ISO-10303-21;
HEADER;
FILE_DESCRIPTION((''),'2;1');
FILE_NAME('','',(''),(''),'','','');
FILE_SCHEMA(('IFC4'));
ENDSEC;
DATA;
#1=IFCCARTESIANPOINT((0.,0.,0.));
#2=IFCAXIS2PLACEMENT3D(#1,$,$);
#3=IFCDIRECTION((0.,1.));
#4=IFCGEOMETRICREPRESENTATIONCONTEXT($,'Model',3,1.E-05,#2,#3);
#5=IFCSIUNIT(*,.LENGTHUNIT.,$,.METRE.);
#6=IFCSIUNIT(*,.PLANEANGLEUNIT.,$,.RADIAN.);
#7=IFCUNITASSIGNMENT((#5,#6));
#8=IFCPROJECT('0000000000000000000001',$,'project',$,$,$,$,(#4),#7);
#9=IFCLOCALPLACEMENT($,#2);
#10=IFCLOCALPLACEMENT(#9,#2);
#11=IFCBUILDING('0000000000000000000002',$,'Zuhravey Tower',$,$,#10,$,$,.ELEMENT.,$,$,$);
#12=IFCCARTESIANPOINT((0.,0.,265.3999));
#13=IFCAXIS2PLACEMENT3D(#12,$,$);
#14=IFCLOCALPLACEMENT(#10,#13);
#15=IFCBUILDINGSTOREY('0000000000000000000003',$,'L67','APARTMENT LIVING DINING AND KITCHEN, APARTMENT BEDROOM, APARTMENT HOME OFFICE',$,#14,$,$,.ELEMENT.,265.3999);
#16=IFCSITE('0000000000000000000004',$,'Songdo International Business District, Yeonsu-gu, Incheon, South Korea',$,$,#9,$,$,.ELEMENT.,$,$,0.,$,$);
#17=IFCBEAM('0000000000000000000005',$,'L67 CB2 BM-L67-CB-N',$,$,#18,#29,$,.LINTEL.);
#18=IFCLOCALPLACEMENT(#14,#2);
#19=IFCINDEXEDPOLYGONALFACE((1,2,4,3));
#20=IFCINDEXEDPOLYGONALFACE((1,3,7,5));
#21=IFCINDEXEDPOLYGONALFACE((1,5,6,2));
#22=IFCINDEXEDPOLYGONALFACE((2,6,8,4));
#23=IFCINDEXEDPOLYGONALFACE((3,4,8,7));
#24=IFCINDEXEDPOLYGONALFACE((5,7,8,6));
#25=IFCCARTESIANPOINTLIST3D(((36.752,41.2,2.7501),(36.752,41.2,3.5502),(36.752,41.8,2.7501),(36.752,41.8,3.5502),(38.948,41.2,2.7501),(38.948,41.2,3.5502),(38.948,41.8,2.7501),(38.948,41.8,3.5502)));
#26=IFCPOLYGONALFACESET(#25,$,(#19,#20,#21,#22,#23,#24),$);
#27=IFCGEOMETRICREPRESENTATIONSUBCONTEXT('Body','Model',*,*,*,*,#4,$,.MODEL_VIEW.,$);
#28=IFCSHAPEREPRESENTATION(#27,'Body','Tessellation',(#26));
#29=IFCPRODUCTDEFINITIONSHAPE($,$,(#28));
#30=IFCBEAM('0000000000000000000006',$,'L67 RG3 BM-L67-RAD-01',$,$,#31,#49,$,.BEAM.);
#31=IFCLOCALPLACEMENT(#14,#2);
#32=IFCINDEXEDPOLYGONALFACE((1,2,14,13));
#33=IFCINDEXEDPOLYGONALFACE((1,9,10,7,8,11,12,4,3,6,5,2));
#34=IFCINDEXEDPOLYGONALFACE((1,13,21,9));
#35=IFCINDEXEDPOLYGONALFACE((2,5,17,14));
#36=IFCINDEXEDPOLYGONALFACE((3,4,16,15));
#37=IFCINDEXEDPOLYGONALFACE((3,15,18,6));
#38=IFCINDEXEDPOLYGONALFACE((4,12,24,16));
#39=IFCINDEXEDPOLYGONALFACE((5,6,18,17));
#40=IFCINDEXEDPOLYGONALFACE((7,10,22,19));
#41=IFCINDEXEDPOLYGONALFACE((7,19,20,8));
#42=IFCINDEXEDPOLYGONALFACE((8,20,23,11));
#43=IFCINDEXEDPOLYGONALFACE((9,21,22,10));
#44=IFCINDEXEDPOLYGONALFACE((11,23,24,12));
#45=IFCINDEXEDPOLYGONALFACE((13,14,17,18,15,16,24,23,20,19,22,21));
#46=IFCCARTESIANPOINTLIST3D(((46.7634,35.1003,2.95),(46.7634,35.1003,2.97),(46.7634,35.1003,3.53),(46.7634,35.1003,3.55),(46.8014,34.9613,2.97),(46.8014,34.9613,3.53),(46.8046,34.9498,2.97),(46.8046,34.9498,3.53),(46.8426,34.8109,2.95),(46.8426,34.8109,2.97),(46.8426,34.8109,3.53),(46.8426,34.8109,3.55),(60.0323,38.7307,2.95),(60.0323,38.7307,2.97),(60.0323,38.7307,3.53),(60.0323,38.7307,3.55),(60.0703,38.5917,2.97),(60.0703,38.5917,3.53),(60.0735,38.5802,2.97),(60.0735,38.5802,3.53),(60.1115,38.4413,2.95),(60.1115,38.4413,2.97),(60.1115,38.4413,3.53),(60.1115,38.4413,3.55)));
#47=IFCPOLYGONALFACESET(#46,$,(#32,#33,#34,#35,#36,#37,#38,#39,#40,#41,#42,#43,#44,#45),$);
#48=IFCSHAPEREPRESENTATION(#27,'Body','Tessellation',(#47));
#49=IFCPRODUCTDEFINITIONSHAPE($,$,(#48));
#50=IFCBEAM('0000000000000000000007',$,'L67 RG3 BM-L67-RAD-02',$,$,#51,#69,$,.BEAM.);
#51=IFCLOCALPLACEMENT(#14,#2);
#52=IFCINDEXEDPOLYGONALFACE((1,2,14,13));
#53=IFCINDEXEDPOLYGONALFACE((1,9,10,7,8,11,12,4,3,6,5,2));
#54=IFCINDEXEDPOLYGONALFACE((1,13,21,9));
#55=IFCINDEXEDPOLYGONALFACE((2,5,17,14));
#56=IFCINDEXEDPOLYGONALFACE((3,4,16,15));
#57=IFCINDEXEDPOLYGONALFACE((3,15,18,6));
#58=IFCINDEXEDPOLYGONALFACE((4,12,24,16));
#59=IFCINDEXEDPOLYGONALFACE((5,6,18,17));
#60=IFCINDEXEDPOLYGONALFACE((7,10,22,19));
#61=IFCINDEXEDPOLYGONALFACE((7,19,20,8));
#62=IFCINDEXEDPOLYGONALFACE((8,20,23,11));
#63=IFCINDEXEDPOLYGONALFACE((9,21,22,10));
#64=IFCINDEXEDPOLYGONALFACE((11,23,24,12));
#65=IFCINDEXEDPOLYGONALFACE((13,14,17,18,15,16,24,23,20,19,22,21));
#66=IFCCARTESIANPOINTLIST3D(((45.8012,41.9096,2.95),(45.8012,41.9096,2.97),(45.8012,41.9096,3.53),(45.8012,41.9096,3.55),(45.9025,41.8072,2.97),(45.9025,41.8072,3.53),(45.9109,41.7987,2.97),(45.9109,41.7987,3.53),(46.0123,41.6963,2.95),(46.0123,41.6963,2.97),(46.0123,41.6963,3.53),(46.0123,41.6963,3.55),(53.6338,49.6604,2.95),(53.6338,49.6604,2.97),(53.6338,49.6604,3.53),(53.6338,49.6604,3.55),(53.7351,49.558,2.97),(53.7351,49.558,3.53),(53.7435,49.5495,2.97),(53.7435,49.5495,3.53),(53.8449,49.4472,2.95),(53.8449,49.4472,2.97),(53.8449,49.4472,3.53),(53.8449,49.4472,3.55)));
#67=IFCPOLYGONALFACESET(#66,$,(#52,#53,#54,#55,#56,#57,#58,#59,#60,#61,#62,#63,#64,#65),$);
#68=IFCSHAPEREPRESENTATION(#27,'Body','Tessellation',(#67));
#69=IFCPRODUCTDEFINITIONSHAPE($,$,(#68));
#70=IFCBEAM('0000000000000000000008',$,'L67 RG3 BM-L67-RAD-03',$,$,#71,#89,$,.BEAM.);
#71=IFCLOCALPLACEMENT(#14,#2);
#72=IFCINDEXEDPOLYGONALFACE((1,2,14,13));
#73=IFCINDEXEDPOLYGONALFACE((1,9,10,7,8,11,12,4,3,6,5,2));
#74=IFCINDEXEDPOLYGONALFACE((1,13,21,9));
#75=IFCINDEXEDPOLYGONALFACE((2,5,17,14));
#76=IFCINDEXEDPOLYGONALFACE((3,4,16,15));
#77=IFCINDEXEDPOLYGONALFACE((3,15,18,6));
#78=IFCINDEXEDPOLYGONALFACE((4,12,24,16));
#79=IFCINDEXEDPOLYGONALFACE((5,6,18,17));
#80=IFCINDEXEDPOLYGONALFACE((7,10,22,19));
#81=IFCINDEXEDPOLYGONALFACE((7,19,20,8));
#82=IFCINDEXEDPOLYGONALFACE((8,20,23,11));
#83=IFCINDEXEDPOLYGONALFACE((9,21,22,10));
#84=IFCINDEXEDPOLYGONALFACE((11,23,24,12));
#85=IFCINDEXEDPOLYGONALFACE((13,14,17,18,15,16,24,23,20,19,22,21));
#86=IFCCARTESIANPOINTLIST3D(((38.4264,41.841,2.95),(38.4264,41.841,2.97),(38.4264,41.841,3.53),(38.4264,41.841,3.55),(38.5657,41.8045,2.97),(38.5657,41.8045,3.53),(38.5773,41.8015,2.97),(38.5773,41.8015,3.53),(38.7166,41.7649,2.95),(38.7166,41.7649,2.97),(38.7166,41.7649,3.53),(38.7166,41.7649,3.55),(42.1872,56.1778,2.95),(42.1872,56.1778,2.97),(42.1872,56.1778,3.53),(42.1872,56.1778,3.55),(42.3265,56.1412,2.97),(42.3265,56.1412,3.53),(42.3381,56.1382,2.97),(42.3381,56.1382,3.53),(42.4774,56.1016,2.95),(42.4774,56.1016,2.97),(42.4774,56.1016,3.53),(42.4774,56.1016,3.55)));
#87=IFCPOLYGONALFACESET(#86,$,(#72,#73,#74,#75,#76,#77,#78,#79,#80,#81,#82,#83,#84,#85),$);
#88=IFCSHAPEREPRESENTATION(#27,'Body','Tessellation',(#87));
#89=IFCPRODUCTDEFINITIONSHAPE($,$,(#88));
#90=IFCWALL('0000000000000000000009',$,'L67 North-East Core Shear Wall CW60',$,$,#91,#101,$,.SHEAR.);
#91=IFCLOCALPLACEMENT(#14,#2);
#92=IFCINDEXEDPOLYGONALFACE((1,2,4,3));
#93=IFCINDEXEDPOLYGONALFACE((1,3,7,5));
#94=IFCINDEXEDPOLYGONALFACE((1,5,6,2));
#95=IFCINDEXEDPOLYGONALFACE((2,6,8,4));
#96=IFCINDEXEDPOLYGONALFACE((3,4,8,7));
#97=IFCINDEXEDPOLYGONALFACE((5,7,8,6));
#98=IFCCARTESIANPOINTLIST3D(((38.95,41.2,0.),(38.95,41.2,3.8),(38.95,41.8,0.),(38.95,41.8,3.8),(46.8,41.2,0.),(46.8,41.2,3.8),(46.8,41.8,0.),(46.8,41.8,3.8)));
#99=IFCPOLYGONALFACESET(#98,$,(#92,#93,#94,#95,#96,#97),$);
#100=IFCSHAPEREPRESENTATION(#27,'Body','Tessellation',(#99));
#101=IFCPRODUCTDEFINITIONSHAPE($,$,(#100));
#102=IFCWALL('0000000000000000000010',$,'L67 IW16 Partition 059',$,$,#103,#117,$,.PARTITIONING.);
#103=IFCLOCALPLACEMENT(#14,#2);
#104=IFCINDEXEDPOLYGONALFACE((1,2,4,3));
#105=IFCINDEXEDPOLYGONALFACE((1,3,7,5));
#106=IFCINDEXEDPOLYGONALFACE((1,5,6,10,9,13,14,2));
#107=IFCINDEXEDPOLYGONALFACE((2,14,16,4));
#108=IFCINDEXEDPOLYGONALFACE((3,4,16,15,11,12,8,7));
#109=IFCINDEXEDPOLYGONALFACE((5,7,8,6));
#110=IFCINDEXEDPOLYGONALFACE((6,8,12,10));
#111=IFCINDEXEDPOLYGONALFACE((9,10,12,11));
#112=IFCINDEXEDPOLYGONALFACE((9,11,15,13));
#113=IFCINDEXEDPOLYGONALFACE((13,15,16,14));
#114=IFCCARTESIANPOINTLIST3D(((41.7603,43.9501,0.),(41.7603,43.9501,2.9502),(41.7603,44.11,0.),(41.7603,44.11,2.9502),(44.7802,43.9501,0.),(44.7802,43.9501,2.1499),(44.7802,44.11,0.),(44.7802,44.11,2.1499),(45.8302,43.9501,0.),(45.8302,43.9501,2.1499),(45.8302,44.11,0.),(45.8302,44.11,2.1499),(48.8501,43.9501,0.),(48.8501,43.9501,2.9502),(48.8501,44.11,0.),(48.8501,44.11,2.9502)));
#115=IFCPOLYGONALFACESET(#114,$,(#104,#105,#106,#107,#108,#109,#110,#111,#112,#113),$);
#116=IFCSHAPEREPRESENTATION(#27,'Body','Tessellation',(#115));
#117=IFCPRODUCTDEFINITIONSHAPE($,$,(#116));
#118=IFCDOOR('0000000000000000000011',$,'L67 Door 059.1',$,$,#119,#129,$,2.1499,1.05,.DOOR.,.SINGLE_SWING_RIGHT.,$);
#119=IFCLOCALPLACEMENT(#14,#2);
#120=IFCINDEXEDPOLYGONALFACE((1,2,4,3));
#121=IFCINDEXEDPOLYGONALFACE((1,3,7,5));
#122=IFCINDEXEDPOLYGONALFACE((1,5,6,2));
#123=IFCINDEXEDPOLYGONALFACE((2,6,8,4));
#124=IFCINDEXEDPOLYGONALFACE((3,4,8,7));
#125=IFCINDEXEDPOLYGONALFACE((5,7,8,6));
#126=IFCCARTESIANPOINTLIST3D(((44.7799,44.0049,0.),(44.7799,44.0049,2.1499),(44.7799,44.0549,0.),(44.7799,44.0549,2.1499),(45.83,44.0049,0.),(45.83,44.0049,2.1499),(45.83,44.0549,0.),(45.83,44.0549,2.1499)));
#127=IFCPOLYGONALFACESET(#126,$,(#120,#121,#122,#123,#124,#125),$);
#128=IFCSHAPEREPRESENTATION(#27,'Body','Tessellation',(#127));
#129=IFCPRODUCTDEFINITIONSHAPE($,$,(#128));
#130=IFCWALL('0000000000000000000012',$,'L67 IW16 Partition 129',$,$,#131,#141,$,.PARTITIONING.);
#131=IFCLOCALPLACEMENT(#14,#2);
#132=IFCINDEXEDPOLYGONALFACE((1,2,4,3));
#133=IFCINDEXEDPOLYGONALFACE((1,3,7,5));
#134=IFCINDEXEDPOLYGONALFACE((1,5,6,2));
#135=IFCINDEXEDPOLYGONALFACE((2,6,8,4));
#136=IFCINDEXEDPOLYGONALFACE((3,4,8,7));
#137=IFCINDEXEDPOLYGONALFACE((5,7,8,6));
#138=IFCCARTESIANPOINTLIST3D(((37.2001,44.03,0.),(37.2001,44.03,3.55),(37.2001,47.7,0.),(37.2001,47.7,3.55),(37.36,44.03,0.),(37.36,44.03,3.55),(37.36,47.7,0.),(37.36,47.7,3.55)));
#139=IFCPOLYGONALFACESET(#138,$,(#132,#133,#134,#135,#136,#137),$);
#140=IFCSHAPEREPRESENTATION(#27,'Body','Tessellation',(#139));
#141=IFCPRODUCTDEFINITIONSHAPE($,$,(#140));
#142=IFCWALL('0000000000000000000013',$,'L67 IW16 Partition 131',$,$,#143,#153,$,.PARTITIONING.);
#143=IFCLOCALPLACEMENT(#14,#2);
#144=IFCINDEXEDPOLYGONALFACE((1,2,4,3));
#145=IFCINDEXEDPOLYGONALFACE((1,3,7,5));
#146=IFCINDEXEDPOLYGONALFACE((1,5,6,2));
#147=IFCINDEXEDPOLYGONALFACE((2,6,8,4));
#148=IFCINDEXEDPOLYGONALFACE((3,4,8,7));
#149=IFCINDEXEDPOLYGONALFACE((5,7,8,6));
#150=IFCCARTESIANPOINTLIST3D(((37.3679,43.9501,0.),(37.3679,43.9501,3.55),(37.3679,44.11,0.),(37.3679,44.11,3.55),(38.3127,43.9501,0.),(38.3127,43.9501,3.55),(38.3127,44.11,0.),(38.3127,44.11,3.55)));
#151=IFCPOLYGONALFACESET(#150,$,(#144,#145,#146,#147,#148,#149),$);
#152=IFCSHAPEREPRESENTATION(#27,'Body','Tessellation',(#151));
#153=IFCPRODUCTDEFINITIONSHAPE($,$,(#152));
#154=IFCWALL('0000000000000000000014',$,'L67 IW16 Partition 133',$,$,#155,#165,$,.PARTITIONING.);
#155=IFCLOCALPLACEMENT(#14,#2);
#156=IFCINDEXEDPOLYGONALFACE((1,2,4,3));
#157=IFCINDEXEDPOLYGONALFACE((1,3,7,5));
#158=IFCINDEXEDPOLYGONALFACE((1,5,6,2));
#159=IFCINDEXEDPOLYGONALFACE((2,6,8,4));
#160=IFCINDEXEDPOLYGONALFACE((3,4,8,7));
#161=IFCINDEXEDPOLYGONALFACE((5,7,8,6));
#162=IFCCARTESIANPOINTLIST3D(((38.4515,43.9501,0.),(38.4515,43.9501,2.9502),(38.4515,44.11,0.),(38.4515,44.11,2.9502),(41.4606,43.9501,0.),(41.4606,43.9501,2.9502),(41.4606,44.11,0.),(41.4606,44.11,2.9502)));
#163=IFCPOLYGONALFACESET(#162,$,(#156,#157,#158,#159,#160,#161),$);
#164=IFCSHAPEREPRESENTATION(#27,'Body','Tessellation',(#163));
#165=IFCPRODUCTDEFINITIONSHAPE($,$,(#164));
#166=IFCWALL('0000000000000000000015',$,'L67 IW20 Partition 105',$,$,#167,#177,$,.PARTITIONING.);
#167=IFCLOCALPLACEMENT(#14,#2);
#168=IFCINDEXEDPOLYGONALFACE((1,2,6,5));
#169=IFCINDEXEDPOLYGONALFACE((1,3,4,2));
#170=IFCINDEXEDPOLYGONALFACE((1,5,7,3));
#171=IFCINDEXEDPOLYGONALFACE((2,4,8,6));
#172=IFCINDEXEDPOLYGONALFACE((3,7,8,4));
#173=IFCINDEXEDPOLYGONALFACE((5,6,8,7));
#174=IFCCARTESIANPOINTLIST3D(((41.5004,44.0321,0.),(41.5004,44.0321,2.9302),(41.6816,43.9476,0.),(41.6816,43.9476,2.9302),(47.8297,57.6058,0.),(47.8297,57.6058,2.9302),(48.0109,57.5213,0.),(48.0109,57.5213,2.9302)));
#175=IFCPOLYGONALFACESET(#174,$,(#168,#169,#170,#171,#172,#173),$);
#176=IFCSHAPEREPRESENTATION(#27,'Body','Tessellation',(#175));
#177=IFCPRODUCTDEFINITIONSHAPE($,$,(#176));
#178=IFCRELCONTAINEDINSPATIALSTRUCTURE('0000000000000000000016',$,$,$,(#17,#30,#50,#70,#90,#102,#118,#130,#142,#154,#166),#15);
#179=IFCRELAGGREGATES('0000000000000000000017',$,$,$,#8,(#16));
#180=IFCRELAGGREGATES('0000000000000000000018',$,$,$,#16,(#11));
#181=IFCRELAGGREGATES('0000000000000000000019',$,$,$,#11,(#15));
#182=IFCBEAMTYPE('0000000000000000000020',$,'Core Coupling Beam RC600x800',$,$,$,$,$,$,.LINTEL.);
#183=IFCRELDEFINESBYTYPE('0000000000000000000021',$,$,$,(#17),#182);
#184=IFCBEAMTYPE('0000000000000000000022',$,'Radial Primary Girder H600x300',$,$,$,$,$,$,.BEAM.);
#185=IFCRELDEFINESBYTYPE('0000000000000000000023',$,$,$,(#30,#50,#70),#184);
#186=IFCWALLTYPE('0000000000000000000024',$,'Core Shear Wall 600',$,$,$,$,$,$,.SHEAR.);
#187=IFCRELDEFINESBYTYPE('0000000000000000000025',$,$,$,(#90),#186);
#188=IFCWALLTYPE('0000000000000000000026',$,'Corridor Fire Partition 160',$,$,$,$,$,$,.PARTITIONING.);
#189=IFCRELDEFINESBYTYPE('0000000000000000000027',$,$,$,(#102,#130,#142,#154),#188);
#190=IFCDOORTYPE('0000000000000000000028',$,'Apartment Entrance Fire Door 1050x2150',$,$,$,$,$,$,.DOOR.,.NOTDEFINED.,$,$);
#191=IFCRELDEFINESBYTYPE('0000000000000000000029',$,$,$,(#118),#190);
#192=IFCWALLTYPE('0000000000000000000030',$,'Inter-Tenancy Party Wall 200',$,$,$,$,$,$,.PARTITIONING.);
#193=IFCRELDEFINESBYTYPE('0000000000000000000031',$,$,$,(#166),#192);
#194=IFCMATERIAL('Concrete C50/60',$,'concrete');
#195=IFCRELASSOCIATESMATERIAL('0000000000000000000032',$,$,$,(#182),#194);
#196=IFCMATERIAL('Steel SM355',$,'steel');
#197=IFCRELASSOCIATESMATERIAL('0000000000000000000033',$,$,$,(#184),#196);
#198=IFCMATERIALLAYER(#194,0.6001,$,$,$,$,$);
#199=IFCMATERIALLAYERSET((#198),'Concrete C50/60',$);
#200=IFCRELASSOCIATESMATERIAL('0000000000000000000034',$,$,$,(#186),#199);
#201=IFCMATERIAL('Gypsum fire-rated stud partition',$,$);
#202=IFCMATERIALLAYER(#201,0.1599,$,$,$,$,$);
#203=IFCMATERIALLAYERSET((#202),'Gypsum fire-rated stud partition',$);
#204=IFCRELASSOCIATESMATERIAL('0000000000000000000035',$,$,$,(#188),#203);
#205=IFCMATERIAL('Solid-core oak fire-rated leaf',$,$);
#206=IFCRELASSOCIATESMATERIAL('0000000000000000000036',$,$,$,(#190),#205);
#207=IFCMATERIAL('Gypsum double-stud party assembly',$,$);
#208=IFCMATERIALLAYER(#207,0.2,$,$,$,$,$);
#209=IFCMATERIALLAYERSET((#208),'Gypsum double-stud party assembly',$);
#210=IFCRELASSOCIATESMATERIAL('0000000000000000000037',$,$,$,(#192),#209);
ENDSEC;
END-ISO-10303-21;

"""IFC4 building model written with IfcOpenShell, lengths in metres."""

from ifc_helpers import new_model, si_unit, direction, frame, frame_2d, origin, origin_2d, place, context, subcontext, project, spatial, rectangle, i_section, extrude, material, layer, layer_set, material_profile, profile_set, type_object, element, fill, save


model = new_model("IFC4")

# Units and contexts
model_context = context("Model", 3, precision=1e-05, world=origin(), true_north=direction((0.0, 1.0)))
body_context = subcontext(model_context, "Body", "Model", "MODEL_VIEW")
ifc_project = project(units=[si_unit("LENGTHUNIT", "METRE"), si_unit("PLANEANGLEUNIT", "RADIAN")], contexts=[model_context])

# Site, building, storey
site_placement = place(None, origin())
site = spatial("IfcSite", under=ifc_project, at=site_placement, Name="Songdo International Business District, Yeonsu-gu, Incheon, South Korea", CompositionType="ELEMENT", RefElevation=0.0)
building_placement = place(site_placement, origin())
building = spatial("IfcBuilding", under=site, at=building_placement, Name="Zuhravey Tower", CompositionType="ELEMENT")
storey_placement = place(building_placement, frame((0.0, 0.0, 265.3999)))
storey = spatial("IfcBuildingStorey", under=building, at=storey_placement, Name="L67", Description="APARTMENT LIVING DINING AND KITCHEN, APARTMENT BEDROOM, APARTMENT HOME OFFICE", CompositionType="ELEMENT", Elevation=265.3999)

# Beams
ifc_material_1 = material(Name="Concrete C50/60", Category="concrete")
ifc_material_profile_1 = material_profile(ifc_material_1, rectangle(XDim=0.6001, YDim=0.8, at=origin_2d()), Name="RC-600x800")
ifc_profile_set_1 = profile_set([ifc_material_profile_1], Name="Concrete C50/60")
beam_type_1 = type_object("IfcBeamType", Name="Core Coupling Beam RC600x800", PredefinedType="LINTEL", material=ifc_profile_set_1)
beam_1_placement = place(storey_placement, frame((36.752, 41.5, 3.1501), z_axis=(1.0, 0.0, 0.0), x_axis=(0.0, 1.0, 0.0)))
element("IfcBeam", 1, at=beam_1_placement, inside=storey, type_object=beam_type_1, Name="L67 CB2 BM-L67-CB-N", PredefinedType="LINTEL", context=body_context, shape_type="SweptSolid", body=[
    extrude(rectangle(XDim=0.6001, YDim=0.8, at=origin_2d()), origin(), (0.0, 0.0, 1.0), 2.196),
])
ifc_material_2 = material(Name="Steel SM355", Category="steel")
ifc_material_profile_2 = material_profile(ifc_material_2, i_section(OverallWidth=0.3, OverallDepth=0.6001, WebThickness=0.012, FlangeThickness=0.02, at=origin_2d()), Name="H-600x300x12x20")
ifc_profile_set_2 = profile_set([ifc_material_profile_2], Name="Steel SM355")
beam_type_2 = type_object("IfcBeamType", Name="Radial Primary Girder H600x300", PredefinedType="BEAM", material=ifc_profile_set_2)
beam_2_placement = place(storey_placement, frame((46.803, 34.9556, 3.25), z_axis=(0.964549, 0.263903, 0.0), x_axis=(-0.263903, 0.964549, 0.0)))
element("IfcBeam", 2, at=beam_2_placement, inside=storey, type_object=beam_type_2, Name="L67 RG3 BM-L67-RAD-01", PredefinedType="BEAM", context=body_context, shape_type="SweptSolid", body=[
    extrude(i_section(OverallWidth=0.3, OverallDepth=0.6001, WebThickness=0.012, FlangeThickness=0.02, at=origin_2d()), origin(), (0.0, 0.0, 1.0), 13.7566),
])
beam_3_placement = place(storey_placement, frame((45.9067, 41.803, 3.25), z_axis=(0.710808, 0.703386, 0.0), x_axis=(-0.703386, 0.710808, 0.0)))
element("IfcBeam", 3, at=beam_3_placement, inside=storey, type_object=beam_type_2, Name="L67 RG3 BM-L67-RAD-02", PredefinedType="BEAM", context=body_context, shape_type="SweptSolid", body=[
    extrude(i_section(OverallWidth=0.3, OverallDepth=0.6001, WebThickness=0.012, FlangeThickness=0.02, at=origin_2d()), origin(), (0.0, 0.0, 1.0), 11.0193),
])
beam_4_placement = place(storey_placement, frame((38.5715, 41.803, 3.25), z_axis=(0.253732, 0.967275, 0.0), x_axis=(-0.967275, 0.253732, 0.0)))
element("IfcBeam", 4, at=beam_4_placement, inside=storey, type_object=beam_type_2, Name="L67 RG3 BM-L67-RAD-03", PredefinedType="BEAM", context=body_context, shape_type="SweptSolid", body=[
    extrude(i_section(OverallWidth=0.3, OverallDepth=0.6001, WebThickness=0.012, FlangeThickness=0.02, at=origin_2d()), origin(), (0.0, 0.0, 1.0), 14.8218),
])

# Wall
ifc_layer_1 = layer(ifc_material_1, 0.6001)
ifc_layer_set_1 = layer_set([ifc_layer_1], Name="Concrete C50/60")
wall_type_1 = type_object("IfcWallType", Name="Core Shear Wall 600", PredefinedType="SHEAR", material=ifc_layer_set_1)
wall_1_placement = place(storey_placement, frame((46.8, 41.5, 0.0), z_axis=(0.0, 0.0, 1.0), x_axis=(-1.0, 0.0, 0.0)))
element("IfcWall", 5, at=wall_1_placement, inside=storey, type_object=wall_type_1, Name="L67 North-East Core Shear Wall CW60", PredefinedType="SHEAR", context=body_context, shape_type="SweptSolid", body=[
    extrude(rectangle(XDim=7.8501, YDim=0.6001, at=frame_2d((3.925, 0.0))), origin(), (0.0, 0.0, 1.0), 3.8),
])

# Wall, opening, door
ifc_material_3 = material(Name="Gypsum fire-rated stud partition")
ifc_layer_2 = layer(ifc_material_3, 0.1599)
ifc_layer_set_2 = layer_set([ifc_layer_2], Name="Gypsum fire-rated stud partition")
wall_type_2 = type_object("IfcWallType", Name="Corridor Fire Partition 160", PredefinedType="PARTITIONING", material=ifc_layer_set_2)
wall_2_placement = place(storey_placement, frame((48.8501, 44.03, 0.0), z_axis=(0.0, 0.0, 1.0), x_axis=(-1.0, 0.0, 0.0)))
wall_2 = element("IfcWall", 6, at=wall_2_placement, inside=storey, type_object=wall_type_2, Name="L67 IW16 Partition 059", PredefinedType="PARTITIONING", context=body_context, shape_type="SweptSolid", body=[
    extrude(rectangle(XDim=7.0898, YDim=0.1599, at=frame_2d((3.5449, 0.0))), origin(), (0.0, 0.0, 1.0), 2.9502),
])
opening_1_placement = place(wall_2_placement, frame((3.02, 0.0, 0.0)))
opening_1 = element("IfcOpeningElement", 7, at=opening_1_placement, cuts=wall_2, PredefinedType="OPENING", context=body_context, shape_type="SweptSolid", body=[
    extrude(rectangle(XDim=1.05, YDim=2.1499, at=frame_2d((0.5249, 1.075))), frame((0.0, 0.092, 0.0), z_axis=(0.0, -1.0, 0.0), x_axis=(1.0, 0.0, 0.0)), (0.0, 0.0, 1.0), 0.1838),
])
ifc_material_4 = material(Name="Solid-core oak fire-rated leaf")
door_type_1 = type_object("IfcDoorType", Name="Apartment Entrance Fire Door 1050x2150", OperationType="NOTDEFINED", PredefinedType="DOOR", material=ifc_material_4)
door_1_placement = place(opening_1_placement, frame((1.05, 0.0, 0.0), z_axis=(0.0, 0.0, 1.0), x_axis=(-1.0, 0.0, 0.0)))
door_1 = element("IfcDoor", 8, at=door_1_placement, inside=storey, type_object=door_type_1, Name="L67 Door 059.1", OperationType="SINGLE_SWING_RIGHT", OverallHeight=2.1499, OverallWidth=1.05, PredefinedType="DOOR", context=body_context, shape_type="SweptSolid", body=[
    extrude(rectangle(XDim=1.05, YDim=2.1499, at=frame_2d((0.5249, 1.075))), frame((0.0, 0.0249, 0.0), z_axis=(0.0, -1.0, 0.0), x_axis=(1.0, 0.0, 0.0)), (0.0, 0.0, 1.0), 0.05),
])
fill(opening_1, door_1)

# Walls
wall_3_placement = place(storey_placement, frame((37.28, 44.03, 0.0), z_axis=(0.0, 0.0, 1.0), x_axis=(0.0, 1.0, 0.0)))
element("IfcWall", 9, at=wall_3_placement, inside=storey, type_object=wall_type_2, Name="L67 IW16 Partition 129", PredefinedType="PARTITIONING", context=body_context, shape_type="SweptSolid", body=[
    extrude(rectangle(XDim=3.6699, YDim=0.1599, at=frame_2d((1.835, 0.0))), origin(), (0.0, 0.0, 1.0), 3.55),
])
wall_4_placement = place(storey_placement, frame((38.3127, 44.03, 0.0), z_axis=(0.0, 0.0, 1.0), x_axis=(-1.0, 0.0, 0.0)))
element("IfcWall", 10, at=wall_4_placement, inside=storey, type_object=wall_type_2, Name="L67 IW16 Partition 131", PredefinedType="PARTITIONING", context=body_context, shape_type="SweptSolid", body=[
    extrude(rectangle(XDim=0.9448, YDim=0.1599, at=frame_2d((0.4724, 0.0))), origin(), (0.0, 0.0, 1.0), 3.55),
])
wall_5_placement = place(storey_placement, frame((41.4604, 44.03, 0.0), z_axis=(0.0, 0.0, 1.0), x_axis=(-1.0, 0.0, 0.0)))
element("IfcWall", 11, at=wall_5_placement, inside=storey, type_object=wall_type_2, Name="L67 IW16 Partition 133", PredefinedType="PARTITIONING", context=body_context, shape_type="SweptSolid", body=[
    extrude(rectangle(XDim=3.009, YDim=0.1599, at=frame_2d((1.5044, 0.0))), origin(), (0.0, 0.0, 1.0), 2.9502),
])

# Wall
ifc_material_5 = material(Name="Gypsum double-stud party assembly")
ifc_layer_3 = layer(ifc_material_5, 0.2)
ifc_layer_set_3 = layer_set([ifc_layer_3], Name="Gypsum double-stud party assembly")
wall_type_3 = type_object("IfcWallType", Name="Inter-Tenancy Party Wall 200", PredefinedType="PARTITIONING", material=ifc_layer_set_3)
wall_6_placement = place(storey_placement, frame((41.5911, 43.99, 0.0), z_axis=(0.0, 0.0, 1.0), x_axis=(0.422608, 0.906313, 0.0)))
element("IfcWall", 12, at=wall_6_placement, inside=storey, type_object=wall_type_3, Name="L67 IW20 Partition 105", PredefinedType="PARTITIONING", context=body_context, shape_type="SweptSolid", body=[
    extrude(rectangle(XDim=14.9768, YDim=0.2, at=frame_2d((7.4883, 0.0))), origin(), (0.0, 0.0, 1.0), 2.9302),
])

save(model, "model.ifc")
